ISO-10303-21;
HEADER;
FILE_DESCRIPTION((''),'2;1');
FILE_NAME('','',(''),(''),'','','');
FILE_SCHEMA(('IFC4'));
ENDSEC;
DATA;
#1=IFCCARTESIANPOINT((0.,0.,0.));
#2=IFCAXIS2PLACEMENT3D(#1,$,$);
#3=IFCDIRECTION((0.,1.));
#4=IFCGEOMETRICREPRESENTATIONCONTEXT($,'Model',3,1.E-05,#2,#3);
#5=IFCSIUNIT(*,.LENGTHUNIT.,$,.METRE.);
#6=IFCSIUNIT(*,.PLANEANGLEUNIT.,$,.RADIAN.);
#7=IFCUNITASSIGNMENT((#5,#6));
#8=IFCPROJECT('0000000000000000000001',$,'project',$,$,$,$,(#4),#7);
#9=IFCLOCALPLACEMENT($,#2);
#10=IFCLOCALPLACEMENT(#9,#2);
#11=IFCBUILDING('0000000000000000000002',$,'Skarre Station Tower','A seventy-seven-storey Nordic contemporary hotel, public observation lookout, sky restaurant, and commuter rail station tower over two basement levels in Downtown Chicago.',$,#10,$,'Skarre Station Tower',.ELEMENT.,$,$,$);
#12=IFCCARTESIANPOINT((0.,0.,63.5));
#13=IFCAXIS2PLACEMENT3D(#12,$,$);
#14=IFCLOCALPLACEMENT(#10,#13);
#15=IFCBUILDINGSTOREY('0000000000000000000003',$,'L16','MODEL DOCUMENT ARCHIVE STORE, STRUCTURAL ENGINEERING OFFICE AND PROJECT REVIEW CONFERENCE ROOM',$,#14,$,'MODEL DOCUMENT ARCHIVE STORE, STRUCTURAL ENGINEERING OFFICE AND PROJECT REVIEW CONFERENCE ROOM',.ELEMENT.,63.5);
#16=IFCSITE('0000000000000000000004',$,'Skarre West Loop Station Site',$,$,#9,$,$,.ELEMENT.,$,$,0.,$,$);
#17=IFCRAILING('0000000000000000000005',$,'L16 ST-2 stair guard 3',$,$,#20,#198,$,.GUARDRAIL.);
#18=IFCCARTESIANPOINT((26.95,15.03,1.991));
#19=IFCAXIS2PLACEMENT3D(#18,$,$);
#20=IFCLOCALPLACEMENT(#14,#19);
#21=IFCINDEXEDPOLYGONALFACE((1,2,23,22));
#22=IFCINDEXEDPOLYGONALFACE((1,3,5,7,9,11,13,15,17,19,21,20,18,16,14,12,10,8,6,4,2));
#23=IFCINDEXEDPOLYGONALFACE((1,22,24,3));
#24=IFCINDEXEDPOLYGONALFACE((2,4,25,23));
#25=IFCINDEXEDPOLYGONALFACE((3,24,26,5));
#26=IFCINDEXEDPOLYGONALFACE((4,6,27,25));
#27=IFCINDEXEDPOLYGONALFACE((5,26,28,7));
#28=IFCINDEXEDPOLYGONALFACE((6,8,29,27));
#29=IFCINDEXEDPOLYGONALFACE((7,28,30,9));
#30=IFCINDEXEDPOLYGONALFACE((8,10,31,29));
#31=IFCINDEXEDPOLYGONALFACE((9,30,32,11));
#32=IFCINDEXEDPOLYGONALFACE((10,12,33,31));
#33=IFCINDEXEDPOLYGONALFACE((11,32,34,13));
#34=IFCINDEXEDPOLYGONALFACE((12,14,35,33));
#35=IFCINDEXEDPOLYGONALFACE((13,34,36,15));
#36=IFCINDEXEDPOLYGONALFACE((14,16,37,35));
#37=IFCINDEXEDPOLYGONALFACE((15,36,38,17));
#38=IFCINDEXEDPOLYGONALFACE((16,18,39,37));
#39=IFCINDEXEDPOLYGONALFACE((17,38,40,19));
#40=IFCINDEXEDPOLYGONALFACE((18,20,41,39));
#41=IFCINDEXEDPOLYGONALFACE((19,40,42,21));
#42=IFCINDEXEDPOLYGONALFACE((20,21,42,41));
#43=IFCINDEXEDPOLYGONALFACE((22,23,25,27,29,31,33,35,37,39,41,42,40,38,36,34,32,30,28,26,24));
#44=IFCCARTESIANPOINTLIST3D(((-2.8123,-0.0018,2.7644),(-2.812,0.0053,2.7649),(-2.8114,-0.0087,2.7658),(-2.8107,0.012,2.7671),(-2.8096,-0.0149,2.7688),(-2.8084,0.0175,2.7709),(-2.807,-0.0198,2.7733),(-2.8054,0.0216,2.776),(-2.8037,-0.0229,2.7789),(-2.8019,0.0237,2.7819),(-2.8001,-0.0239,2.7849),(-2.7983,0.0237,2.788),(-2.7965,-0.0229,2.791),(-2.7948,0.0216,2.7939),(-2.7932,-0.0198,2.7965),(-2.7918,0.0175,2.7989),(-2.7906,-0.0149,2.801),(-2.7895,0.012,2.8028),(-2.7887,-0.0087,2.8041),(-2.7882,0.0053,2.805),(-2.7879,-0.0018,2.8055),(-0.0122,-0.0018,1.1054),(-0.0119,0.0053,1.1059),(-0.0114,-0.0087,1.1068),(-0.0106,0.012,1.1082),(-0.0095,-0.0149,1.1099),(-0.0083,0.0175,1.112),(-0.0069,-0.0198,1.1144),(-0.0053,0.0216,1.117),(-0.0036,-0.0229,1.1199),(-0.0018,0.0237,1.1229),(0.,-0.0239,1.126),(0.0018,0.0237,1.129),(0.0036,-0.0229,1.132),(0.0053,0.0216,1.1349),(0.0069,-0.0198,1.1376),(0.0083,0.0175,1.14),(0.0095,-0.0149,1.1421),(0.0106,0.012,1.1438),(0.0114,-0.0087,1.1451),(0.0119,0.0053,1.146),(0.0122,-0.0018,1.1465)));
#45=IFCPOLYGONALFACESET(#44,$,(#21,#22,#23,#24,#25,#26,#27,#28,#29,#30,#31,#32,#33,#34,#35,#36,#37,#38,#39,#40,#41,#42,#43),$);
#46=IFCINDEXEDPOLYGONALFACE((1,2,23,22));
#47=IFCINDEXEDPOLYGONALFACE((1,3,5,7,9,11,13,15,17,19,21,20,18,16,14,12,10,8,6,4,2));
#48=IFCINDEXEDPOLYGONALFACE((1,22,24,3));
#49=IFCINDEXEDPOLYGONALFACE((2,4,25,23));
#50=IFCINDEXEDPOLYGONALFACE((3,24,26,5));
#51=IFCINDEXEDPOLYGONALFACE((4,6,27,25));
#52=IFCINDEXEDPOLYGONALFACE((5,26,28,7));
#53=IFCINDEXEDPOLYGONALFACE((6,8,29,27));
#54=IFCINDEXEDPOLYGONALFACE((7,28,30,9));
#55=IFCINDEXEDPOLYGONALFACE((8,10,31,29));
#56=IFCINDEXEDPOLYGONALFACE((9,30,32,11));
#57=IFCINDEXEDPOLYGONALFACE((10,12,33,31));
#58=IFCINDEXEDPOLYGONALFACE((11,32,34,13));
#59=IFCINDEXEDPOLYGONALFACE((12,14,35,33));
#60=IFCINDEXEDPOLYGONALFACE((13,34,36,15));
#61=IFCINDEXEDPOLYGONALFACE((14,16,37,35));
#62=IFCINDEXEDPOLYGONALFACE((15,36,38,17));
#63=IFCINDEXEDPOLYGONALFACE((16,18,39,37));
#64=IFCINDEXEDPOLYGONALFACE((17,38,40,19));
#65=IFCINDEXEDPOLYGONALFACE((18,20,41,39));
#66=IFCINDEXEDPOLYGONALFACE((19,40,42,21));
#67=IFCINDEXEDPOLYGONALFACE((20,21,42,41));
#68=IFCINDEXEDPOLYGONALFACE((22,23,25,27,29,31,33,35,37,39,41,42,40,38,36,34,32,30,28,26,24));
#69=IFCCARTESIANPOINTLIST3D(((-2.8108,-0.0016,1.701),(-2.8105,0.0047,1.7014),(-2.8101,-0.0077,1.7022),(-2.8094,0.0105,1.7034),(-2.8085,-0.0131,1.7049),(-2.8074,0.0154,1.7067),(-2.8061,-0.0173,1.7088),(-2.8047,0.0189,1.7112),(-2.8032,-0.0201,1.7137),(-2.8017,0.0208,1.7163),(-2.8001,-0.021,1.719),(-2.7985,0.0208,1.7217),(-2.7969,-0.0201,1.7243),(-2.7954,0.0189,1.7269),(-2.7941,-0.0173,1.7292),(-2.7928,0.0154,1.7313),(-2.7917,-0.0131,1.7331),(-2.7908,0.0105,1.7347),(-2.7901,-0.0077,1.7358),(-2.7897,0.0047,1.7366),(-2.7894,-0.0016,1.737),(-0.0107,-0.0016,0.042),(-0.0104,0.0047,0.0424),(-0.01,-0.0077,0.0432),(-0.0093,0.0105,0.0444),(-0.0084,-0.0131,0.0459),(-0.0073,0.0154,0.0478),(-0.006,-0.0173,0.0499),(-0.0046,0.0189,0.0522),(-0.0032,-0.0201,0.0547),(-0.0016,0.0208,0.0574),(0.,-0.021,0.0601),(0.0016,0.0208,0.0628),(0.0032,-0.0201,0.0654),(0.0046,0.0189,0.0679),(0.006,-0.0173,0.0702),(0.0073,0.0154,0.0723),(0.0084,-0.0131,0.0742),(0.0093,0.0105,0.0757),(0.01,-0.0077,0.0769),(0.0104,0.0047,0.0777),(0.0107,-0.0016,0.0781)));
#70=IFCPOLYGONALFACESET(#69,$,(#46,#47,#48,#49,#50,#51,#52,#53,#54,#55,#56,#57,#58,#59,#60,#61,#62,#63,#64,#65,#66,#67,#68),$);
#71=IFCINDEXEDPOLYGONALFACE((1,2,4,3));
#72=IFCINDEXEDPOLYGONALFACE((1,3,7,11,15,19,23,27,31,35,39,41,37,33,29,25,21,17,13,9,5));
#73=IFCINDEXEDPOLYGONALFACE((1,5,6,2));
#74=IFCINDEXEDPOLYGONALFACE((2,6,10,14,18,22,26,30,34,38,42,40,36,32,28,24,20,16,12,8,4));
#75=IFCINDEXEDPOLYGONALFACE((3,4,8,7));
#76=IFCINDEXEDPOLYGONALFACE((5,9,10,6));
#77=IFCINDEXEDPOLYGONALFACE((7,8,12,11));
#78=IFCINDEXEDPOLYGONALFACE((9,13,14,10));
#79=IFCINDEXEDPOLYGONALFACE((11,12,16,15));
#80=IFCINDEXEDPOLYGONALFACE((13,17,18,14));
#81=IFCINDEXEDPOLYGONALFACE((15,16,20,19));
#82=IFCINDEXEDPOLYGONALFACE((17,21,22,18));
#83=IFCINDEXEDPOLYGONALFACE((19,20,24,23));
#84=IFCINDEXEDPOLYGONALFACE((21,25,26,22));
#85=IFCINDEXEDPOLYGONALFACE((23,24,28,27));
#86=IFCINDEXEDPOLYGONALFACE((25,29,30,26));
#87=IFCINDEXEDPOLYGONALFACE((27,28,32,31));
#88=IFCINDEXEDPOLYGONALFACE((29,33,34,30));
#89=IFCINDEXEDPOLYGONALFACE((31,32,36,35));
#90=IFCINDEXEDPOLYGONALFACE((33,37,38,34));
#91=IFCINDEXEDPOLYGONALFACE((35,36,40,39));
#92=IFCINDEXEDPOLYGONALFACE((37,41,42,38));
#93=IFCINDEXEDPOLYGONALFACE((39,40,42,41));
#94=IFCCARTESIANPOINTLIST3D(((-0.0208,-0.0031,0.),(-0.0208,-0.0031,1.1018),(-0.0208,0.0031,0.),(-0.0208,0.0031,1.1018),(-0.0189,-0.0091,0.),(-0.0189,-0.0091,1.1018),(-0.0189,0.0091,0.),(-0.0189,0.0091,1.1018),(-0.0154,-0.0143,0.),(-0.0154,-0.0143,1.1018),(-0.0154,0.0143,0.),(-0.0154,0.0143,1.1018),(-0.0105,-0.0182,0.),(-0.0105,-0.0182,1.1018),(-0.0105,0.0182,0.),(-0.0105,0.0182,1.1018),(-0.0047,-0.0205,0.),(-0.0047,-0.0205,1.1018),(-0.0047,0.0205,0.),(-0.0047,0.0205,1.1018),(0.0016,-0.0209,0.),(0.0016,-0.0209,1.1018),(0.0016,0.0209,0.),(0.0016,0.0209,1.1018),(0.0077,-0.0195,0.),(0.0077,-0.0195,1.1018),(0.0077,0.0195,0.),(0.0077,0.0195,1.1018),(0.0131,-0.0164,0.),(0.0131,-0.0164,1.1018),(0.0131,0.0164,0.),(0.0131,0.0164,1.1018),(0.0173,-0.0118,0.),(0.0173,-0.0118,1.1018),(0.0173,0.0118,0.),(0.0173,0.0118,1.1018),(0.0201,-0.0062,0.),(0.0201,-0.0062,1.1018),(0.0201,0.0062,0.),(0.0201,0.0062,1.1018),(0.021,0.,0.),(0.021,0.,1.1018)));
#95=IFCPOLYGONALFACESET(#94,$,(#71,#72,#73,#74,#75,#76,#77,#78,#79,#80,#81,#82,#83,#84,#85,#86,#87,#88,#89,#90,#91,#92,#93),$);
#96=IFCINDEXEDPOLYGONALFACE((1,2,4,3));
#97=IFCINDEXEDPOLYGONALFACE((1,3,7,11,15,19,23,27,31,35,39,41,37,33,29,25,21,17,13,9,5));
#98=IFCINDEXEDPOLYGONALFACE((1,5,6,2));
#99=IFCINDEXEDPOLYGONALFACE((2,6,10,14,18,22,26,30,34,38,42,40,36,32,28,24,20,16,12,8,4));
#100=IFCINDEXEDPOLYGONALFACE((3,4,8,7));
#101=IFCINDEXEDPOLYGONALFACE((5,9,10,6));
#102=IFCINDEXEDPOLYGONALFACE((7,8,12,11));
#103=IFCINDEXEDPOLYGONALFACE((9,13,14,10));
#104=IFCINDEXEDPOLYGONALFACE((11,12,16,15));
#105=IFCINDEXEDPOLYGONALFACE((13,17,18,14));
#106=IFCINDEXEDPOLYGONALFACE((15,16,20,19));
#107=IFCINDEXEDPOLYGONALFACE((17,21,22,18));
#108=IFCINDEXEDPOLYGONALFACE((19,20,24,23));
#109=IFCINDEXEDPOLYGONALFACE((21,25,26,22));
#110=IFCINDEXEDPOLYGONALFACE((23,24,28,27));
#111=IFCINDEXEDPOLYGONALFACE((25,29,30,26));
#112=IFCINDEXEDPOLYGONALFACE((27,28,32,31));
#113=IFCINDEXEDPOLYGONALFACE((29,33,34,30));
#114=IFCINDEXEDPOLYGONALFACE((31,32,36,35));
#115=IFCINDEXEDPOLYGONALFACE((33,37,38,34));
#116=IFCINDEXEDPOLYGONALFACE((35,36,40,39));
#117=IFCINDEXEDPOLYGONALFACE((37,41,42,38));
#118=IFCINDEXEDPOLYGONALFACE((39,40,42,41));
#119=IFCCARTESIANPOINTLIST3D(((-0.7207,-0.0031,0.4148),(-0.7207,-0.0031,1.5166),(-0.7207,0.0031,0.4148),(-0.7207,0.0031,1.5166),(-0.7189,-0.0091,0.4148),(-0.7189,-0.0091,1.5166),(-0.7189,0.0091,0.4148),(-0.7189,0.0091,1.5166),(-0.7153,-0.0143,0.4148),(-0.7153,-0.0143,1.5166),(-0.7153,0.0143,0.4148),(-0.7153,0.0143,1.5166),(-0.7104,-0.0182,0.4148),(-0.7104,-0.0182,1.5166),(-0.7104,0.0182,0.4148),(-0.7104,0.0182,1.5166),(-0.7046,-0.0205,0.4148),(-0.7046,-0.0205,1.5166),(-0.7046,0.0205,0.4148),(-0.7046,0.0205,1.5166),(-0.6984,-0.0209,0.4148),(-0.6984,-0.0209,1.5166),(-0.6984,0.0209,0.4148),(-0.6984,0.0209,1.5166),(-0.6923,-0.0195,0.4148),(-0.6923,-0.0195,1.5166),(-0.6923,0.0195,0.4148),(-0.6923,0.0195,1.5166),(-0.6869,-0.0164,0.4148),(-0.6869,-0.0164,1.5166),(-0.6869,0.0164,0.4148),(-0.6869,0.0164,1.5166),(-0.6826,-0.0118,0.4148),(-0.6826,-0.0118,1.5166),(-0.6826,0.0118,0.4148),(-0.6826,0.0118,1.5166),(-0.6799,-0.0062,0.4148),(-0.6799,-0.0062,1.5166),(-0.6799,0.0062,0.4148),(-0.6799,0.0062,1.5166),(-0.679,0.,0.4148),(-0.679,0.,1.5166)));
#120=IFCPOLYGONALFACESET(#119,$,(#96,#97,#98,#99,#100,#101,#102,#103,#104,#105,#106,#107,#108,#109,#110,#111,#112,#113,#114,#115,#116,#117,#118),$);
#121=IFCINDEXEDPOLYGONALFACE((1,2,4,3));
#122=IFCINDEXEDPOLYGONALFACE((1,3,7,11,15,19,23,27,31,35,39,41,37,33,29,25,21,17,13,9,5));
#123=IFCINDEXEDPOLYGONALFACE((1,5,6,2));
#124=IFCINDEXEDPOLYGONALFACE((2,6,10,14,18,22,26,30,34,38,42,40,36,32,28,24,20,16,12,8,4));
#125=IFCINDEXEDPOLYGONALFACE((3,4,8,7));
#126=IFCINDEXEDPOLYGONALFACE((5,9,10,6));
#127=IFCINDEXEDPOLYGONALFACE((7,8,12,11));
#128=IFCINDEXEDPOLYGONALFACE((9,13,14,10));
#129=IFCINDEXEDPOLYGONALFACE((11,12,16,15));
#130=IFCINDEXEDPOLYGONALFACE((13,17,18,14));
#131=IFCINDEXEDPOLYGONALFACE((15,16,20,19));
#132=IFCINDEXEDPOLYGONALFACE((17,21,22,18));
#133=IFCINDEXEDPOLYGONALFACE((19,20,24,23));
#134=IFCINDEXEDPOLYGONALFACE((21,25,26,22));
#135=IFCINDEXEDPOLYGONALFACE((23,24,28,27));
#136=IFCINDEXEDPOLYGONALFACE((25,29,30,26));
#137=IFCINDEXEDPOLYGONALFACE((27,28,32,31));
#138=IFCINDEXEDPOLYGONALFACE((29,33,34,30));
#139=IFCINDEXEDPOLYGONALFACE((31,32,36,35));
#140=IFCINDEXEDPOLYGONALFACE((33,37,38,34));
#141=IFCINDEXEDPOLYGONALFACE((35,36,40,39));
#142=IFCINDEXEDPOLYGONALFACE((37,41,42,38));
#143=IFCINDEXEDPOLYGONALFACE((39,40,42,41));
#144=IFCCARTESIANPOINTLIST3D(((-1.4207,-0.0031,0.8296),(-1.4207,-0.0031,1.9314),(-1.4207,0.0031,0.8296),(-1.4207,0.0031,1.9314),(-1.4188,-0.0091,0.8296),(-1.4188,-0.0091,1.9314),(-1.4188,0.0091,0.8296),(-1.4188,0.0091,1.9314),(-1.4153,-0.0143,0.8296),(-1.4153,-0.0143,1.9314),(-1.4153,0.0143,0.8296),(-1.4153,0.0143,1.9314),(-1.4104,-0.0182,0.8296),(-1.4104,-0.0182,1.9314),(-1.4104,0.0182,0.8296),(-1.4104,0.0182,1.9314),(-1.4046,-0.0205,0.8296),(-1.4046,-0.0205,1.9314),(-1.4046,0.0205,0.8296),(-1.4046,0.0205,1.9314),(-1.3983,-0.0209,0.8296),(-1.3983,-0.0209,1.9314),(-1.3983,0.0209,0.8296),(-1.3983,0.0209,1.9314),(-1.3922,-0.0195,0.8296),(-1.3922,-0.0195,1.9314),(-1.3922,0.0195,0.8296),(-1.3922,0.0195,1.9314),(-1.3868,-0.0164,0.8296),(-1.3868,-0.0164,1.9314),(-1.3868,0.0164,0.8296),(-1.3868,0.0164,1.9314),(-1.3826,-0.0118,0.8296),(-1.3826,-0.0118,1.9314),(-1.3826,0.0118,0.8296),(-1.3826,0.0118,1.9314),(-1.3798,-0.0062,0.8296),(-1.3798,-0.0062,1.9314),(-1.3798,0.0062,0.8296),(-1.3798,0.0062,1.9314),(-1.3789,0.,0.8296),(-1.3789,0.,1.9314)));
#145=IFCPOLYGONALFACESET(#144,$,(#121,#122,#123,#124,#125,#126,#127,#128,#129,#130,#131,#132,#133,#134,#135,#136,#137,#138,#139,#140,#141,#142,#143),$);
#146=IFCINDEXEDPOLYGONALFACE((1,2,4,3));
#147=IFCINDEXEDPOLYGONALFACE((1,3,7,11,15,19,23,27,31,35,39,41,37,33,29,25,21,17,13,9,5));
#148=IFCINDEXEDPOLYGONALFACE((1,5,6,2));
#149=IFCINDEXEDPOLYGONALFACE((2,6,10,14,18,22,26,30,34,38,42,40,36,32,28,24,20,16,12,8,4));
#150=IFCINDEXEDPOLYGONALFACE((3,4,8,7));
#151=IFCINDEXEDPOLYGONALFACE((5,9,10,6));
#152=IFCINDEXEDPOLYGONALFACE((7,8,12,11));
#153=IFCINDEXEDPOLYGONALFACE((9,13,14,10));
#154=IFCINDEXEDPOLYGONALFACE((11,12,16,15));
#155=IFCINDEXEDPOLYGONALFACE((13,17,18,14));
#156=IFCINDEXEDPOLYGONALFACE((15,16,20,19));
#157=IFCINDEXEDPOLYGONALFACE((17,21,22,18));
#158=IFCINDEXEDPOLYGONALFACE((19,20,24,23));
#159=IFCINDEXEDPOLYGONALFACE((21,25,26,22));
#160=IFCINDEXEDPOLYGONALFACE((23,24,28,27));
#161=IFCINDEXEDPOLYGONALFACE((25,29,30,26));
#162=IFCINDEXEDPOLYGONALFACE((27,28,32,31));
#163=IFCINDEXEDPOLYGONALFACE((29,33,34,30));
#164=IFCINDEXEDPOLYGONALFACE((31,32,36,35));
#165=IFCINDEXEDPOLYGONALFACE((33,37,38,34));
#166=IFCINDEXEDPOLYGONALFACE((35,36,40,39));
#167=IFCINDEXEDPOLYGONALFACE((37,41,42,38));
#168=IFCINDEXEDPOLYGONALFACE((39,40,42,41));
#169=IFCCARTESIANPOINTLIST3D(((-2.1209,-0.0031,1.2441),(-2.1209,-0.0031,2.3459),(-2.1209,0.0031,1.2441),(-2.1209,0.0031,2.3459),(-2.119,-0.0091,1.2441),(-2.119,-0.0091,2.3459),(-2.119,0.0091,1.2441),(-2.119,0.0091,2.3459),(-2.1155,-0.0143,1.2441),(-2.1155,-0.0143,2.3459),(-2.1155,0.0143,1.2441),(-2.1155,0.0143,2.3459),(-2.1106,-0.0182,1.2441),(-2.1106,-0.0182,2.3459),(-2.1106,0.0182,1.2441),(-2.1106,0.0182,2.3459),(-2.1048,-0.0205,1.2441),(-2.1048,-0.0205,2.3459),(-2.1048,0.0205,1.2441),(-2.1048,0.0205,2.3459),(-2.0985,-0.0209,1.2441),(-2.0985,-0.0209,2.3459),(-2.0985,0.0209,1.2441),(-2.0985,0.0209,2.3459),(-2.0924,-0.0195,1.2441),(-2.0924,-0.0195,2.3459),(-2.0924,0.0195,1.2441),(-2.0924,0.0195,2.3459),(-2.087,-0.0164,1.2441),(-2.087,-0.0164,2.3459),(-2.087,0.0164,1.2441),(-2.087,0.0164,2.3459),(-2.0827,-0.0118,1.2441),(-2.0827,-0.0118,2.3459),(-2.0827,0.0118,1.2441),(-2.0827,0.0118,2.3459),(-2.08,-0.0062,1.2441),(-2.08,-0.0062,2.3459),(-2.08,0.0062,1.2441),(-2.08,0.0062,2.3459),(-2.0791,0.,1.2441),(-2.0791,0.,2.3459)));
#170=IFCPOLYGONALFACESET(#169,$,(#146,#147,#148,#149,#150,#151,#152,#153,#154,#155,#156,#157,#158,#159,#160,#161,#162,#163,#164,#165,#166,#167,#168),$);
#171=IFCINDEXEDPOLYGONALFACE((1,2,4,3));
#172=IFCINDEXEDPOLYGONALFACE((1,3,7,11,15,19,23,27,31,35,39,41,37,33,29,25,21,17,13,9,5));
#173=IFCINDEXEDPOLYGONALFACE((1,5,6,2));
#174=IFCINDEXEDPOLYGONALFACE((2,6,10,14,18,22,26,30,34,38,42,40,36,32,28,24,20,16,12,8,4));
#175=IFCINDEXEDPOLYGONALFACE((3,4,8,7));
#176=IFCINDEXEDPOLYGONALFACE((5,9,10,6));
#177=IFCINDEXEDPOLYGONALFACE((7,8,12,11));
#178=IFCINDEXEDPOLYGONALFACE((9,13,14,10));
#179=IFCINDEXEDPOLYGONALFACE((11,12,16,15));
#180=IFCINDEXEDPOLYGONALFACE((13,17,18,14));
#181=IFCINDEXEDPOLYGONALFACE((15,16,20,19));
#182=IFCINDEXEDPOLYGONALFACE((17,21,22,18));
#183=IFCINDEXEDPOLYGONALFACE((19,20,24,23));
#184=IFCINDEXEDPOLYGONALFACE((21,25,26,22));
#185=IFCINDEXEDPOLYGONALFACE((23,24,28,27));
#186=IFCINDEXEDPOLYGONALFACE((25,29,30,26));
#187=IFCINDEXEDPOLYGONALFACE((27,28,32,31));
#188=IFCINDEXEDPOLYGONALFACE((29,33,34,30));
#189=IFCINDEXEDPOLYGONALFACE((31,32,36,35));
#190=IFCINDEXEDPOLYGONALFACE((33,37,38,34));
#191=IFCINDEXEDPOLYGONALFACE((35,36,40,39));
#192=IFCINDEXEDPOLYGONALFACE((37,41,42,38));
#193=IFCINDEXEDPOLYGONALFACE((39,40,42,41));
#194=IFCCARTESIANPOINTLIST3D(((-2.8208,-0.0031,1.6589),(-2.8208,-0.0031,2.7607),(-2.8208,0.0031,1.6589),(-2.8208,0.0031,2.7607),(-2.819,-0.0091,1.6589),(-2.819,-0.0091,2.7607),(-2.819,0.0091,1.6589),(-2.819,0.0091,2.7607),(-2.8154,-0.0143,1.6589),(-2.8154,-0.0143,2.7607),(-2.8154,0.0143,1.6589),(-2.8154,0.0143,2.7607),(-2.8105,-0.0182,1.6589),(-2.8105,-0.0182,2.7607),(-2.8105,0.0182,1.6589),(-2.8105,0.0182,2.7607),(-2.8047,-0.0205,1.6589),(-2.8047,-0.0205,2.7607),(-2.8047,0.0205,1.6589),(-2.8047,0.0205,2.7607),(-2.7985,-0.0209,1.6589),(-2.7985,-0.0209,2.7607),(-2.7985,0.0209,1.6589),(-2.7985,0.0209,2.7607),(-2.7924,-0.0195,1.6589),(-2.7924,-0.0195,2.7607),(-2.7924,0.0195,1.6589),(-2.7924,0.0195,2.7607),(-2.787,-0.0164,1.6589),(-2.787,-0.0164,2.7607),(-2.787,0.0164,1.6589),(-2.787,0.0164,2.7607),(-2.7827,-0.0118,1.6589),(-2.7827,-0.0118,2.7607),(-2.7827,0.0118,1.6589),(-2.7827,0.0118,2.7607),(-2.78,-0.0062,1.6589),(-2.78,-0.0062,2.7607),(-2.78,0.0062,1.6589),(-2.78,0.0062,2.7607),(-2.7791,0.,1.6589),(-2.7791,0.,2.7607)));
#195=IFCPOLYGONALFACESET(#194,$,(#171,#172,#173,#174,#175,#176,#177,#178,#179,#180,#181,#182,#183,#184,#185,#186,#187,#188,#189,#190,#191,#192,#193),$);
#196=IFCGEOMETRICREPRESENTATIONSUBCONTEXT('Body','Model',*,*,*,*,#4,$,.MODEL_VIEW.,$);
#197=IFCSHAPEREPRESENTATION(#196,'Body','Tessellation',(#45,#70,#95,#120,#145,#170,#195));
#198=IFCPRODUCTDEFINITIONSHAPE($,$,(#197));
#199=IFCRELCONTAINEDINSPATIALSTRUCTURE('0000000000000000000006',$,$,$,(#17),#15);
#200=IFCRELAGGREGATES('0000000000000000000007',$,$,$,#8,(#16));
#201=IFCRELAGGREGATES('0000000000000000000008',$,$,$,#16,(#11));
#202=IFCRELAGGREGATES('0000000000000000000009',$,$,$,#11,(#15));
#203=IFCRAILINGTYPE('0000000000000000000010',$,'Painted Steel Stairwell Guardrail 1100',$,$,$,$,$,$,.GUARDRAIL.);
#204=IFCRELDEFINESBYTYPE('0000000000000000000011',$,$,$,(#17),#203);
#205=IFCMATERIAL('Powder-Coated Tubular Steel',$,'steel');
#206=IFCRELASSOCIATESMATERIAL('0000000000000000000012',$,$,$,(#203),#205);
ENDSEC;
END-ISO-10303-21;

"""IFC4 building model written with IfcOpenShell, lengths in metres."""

from ifc_helpers import new_model, si_unit, direction, frame, origin, origin_2d, place, context, subcontext, project, spatial, circle, extrude, material, type_object, element, save


model = new_model("IFC4")

# Units and contexts
model_context = context("Model", 3, precision=1e-05, world=origin(), true_north=direction((0.0, 1.0)))
body_context = subcontext(model_context, "Body", "Model", "MODEL_VIEW")
ifc_project = project(units=[si_unit("LENGTHUNIT", "METRE"), si_unit("PLANEANGLEUNIT", "RADIAN")], contexts=[model_context])

# Site, building, storey
site_placement = place(None, origin())
site = spatial("IfcSite", under=ifc_project, at=site_placement, Name="Skarre West Loop Station Site", CompositionType="ELEMENT", RefElevation=0.0)
building_placement = place(site_placement, origin())
building = spatial("IfcBuilding", under=site, at=building_placement, Name="Skarre Station Tower", Description="A seventy-seven-storey Nordic contemporary hotel, public observation lookout, sky restaurant, and commuter rail station tower over two basement levels in Downtown Chicago.", LongName="Skarre Station Tower", CompositionType="ELEMENT")
storey_placement = place(building_placement, frame((0.0, 0.0, 63.5)))
storey = spatial("IfcBuildingStorey", under=building, at=storey_placement, Name="L16", Description="MODEL DOCUMENT ARCHIVE STORE, STRUCTURAL ENGINEERING OFFICE AND PROJECT REVIEW CONFERENCE ROOM", LongName="MODEL DOCUMENT ARCHIVE STORE, STRUCTURAL ENGINEERING OFFICE AND PROJECT REVIEW CONFERENCE ROOM", CompositionType="ELEMENT", Elevation=63.5)

# Railing
ifc_material_1 = material(Name="Powder-Coated Tubular Steel", Category="steel")
railing_type_1 = type_object("IfcRailingType", Name="Painted Steel Stairwell Guardrail 1100", PredefinedType="GUARDRAIL", material=ifc_material_1)
railing_1_placement = place(storey_placement, frame((26.95, 15.03, 1.991)))
element("IfcRailing", 1, at=railing_1_placement, inside=storey, type_object=railing_type_1, Name="L16 ST-2 stair guard 3", PredefinedType="GUARDRAIL", context=body_context, shape_type="SweptSolid", body=[
    extrude(circle(Radius=0.0239, at=origin_2d()), frame((0.0, 0.0, 1.126), z_axis=(-0.860339, 0.0, 0.509722), x_axis=(0.0, -1.0, 0.0)), (0.0, 0.0, 1.0), 3.2546),
    extrude(circle(Radius=0.021, at=origin_2d()), frame((0.0, 0.0, 0.0601), z_axis=(-0.860339, 0.0, 0.509722), x_axis=(0.0, -1.0, 0.0)), (0.0, 0.0, 1.0), 3.2546),
    extrude(circle(Radius=0.021, at=origin_2d()), origin(), (0.0, 0.0, 1.0), 1.1018),
    extrude(circle(Radius=0.021, at=origin_2d()), frame((-0.7, 0.0, 0.4148)), (0.0, 0.0, 1.0), 1.1018),
    extrude(circle(Radius=0.021, at=origin_2d()), frame((-1.3999, 0.0, 0.8296)), (0.0, 0.0, 1.0), 1.1018),
    extrude(circle(Radius=0.021, at=origin_2d()), frame((-2.1001, 0.0, 1.2441)), (0.0, 0.0, 1.0), 1.1018),
    extrude(circle(Radius=0.021, at=origin_2d()), frame((-2.8, 0.0, 1.6589)), (0.0, 0.0, 1.0), 1.1018),
])

save(model, "model.ifc")
